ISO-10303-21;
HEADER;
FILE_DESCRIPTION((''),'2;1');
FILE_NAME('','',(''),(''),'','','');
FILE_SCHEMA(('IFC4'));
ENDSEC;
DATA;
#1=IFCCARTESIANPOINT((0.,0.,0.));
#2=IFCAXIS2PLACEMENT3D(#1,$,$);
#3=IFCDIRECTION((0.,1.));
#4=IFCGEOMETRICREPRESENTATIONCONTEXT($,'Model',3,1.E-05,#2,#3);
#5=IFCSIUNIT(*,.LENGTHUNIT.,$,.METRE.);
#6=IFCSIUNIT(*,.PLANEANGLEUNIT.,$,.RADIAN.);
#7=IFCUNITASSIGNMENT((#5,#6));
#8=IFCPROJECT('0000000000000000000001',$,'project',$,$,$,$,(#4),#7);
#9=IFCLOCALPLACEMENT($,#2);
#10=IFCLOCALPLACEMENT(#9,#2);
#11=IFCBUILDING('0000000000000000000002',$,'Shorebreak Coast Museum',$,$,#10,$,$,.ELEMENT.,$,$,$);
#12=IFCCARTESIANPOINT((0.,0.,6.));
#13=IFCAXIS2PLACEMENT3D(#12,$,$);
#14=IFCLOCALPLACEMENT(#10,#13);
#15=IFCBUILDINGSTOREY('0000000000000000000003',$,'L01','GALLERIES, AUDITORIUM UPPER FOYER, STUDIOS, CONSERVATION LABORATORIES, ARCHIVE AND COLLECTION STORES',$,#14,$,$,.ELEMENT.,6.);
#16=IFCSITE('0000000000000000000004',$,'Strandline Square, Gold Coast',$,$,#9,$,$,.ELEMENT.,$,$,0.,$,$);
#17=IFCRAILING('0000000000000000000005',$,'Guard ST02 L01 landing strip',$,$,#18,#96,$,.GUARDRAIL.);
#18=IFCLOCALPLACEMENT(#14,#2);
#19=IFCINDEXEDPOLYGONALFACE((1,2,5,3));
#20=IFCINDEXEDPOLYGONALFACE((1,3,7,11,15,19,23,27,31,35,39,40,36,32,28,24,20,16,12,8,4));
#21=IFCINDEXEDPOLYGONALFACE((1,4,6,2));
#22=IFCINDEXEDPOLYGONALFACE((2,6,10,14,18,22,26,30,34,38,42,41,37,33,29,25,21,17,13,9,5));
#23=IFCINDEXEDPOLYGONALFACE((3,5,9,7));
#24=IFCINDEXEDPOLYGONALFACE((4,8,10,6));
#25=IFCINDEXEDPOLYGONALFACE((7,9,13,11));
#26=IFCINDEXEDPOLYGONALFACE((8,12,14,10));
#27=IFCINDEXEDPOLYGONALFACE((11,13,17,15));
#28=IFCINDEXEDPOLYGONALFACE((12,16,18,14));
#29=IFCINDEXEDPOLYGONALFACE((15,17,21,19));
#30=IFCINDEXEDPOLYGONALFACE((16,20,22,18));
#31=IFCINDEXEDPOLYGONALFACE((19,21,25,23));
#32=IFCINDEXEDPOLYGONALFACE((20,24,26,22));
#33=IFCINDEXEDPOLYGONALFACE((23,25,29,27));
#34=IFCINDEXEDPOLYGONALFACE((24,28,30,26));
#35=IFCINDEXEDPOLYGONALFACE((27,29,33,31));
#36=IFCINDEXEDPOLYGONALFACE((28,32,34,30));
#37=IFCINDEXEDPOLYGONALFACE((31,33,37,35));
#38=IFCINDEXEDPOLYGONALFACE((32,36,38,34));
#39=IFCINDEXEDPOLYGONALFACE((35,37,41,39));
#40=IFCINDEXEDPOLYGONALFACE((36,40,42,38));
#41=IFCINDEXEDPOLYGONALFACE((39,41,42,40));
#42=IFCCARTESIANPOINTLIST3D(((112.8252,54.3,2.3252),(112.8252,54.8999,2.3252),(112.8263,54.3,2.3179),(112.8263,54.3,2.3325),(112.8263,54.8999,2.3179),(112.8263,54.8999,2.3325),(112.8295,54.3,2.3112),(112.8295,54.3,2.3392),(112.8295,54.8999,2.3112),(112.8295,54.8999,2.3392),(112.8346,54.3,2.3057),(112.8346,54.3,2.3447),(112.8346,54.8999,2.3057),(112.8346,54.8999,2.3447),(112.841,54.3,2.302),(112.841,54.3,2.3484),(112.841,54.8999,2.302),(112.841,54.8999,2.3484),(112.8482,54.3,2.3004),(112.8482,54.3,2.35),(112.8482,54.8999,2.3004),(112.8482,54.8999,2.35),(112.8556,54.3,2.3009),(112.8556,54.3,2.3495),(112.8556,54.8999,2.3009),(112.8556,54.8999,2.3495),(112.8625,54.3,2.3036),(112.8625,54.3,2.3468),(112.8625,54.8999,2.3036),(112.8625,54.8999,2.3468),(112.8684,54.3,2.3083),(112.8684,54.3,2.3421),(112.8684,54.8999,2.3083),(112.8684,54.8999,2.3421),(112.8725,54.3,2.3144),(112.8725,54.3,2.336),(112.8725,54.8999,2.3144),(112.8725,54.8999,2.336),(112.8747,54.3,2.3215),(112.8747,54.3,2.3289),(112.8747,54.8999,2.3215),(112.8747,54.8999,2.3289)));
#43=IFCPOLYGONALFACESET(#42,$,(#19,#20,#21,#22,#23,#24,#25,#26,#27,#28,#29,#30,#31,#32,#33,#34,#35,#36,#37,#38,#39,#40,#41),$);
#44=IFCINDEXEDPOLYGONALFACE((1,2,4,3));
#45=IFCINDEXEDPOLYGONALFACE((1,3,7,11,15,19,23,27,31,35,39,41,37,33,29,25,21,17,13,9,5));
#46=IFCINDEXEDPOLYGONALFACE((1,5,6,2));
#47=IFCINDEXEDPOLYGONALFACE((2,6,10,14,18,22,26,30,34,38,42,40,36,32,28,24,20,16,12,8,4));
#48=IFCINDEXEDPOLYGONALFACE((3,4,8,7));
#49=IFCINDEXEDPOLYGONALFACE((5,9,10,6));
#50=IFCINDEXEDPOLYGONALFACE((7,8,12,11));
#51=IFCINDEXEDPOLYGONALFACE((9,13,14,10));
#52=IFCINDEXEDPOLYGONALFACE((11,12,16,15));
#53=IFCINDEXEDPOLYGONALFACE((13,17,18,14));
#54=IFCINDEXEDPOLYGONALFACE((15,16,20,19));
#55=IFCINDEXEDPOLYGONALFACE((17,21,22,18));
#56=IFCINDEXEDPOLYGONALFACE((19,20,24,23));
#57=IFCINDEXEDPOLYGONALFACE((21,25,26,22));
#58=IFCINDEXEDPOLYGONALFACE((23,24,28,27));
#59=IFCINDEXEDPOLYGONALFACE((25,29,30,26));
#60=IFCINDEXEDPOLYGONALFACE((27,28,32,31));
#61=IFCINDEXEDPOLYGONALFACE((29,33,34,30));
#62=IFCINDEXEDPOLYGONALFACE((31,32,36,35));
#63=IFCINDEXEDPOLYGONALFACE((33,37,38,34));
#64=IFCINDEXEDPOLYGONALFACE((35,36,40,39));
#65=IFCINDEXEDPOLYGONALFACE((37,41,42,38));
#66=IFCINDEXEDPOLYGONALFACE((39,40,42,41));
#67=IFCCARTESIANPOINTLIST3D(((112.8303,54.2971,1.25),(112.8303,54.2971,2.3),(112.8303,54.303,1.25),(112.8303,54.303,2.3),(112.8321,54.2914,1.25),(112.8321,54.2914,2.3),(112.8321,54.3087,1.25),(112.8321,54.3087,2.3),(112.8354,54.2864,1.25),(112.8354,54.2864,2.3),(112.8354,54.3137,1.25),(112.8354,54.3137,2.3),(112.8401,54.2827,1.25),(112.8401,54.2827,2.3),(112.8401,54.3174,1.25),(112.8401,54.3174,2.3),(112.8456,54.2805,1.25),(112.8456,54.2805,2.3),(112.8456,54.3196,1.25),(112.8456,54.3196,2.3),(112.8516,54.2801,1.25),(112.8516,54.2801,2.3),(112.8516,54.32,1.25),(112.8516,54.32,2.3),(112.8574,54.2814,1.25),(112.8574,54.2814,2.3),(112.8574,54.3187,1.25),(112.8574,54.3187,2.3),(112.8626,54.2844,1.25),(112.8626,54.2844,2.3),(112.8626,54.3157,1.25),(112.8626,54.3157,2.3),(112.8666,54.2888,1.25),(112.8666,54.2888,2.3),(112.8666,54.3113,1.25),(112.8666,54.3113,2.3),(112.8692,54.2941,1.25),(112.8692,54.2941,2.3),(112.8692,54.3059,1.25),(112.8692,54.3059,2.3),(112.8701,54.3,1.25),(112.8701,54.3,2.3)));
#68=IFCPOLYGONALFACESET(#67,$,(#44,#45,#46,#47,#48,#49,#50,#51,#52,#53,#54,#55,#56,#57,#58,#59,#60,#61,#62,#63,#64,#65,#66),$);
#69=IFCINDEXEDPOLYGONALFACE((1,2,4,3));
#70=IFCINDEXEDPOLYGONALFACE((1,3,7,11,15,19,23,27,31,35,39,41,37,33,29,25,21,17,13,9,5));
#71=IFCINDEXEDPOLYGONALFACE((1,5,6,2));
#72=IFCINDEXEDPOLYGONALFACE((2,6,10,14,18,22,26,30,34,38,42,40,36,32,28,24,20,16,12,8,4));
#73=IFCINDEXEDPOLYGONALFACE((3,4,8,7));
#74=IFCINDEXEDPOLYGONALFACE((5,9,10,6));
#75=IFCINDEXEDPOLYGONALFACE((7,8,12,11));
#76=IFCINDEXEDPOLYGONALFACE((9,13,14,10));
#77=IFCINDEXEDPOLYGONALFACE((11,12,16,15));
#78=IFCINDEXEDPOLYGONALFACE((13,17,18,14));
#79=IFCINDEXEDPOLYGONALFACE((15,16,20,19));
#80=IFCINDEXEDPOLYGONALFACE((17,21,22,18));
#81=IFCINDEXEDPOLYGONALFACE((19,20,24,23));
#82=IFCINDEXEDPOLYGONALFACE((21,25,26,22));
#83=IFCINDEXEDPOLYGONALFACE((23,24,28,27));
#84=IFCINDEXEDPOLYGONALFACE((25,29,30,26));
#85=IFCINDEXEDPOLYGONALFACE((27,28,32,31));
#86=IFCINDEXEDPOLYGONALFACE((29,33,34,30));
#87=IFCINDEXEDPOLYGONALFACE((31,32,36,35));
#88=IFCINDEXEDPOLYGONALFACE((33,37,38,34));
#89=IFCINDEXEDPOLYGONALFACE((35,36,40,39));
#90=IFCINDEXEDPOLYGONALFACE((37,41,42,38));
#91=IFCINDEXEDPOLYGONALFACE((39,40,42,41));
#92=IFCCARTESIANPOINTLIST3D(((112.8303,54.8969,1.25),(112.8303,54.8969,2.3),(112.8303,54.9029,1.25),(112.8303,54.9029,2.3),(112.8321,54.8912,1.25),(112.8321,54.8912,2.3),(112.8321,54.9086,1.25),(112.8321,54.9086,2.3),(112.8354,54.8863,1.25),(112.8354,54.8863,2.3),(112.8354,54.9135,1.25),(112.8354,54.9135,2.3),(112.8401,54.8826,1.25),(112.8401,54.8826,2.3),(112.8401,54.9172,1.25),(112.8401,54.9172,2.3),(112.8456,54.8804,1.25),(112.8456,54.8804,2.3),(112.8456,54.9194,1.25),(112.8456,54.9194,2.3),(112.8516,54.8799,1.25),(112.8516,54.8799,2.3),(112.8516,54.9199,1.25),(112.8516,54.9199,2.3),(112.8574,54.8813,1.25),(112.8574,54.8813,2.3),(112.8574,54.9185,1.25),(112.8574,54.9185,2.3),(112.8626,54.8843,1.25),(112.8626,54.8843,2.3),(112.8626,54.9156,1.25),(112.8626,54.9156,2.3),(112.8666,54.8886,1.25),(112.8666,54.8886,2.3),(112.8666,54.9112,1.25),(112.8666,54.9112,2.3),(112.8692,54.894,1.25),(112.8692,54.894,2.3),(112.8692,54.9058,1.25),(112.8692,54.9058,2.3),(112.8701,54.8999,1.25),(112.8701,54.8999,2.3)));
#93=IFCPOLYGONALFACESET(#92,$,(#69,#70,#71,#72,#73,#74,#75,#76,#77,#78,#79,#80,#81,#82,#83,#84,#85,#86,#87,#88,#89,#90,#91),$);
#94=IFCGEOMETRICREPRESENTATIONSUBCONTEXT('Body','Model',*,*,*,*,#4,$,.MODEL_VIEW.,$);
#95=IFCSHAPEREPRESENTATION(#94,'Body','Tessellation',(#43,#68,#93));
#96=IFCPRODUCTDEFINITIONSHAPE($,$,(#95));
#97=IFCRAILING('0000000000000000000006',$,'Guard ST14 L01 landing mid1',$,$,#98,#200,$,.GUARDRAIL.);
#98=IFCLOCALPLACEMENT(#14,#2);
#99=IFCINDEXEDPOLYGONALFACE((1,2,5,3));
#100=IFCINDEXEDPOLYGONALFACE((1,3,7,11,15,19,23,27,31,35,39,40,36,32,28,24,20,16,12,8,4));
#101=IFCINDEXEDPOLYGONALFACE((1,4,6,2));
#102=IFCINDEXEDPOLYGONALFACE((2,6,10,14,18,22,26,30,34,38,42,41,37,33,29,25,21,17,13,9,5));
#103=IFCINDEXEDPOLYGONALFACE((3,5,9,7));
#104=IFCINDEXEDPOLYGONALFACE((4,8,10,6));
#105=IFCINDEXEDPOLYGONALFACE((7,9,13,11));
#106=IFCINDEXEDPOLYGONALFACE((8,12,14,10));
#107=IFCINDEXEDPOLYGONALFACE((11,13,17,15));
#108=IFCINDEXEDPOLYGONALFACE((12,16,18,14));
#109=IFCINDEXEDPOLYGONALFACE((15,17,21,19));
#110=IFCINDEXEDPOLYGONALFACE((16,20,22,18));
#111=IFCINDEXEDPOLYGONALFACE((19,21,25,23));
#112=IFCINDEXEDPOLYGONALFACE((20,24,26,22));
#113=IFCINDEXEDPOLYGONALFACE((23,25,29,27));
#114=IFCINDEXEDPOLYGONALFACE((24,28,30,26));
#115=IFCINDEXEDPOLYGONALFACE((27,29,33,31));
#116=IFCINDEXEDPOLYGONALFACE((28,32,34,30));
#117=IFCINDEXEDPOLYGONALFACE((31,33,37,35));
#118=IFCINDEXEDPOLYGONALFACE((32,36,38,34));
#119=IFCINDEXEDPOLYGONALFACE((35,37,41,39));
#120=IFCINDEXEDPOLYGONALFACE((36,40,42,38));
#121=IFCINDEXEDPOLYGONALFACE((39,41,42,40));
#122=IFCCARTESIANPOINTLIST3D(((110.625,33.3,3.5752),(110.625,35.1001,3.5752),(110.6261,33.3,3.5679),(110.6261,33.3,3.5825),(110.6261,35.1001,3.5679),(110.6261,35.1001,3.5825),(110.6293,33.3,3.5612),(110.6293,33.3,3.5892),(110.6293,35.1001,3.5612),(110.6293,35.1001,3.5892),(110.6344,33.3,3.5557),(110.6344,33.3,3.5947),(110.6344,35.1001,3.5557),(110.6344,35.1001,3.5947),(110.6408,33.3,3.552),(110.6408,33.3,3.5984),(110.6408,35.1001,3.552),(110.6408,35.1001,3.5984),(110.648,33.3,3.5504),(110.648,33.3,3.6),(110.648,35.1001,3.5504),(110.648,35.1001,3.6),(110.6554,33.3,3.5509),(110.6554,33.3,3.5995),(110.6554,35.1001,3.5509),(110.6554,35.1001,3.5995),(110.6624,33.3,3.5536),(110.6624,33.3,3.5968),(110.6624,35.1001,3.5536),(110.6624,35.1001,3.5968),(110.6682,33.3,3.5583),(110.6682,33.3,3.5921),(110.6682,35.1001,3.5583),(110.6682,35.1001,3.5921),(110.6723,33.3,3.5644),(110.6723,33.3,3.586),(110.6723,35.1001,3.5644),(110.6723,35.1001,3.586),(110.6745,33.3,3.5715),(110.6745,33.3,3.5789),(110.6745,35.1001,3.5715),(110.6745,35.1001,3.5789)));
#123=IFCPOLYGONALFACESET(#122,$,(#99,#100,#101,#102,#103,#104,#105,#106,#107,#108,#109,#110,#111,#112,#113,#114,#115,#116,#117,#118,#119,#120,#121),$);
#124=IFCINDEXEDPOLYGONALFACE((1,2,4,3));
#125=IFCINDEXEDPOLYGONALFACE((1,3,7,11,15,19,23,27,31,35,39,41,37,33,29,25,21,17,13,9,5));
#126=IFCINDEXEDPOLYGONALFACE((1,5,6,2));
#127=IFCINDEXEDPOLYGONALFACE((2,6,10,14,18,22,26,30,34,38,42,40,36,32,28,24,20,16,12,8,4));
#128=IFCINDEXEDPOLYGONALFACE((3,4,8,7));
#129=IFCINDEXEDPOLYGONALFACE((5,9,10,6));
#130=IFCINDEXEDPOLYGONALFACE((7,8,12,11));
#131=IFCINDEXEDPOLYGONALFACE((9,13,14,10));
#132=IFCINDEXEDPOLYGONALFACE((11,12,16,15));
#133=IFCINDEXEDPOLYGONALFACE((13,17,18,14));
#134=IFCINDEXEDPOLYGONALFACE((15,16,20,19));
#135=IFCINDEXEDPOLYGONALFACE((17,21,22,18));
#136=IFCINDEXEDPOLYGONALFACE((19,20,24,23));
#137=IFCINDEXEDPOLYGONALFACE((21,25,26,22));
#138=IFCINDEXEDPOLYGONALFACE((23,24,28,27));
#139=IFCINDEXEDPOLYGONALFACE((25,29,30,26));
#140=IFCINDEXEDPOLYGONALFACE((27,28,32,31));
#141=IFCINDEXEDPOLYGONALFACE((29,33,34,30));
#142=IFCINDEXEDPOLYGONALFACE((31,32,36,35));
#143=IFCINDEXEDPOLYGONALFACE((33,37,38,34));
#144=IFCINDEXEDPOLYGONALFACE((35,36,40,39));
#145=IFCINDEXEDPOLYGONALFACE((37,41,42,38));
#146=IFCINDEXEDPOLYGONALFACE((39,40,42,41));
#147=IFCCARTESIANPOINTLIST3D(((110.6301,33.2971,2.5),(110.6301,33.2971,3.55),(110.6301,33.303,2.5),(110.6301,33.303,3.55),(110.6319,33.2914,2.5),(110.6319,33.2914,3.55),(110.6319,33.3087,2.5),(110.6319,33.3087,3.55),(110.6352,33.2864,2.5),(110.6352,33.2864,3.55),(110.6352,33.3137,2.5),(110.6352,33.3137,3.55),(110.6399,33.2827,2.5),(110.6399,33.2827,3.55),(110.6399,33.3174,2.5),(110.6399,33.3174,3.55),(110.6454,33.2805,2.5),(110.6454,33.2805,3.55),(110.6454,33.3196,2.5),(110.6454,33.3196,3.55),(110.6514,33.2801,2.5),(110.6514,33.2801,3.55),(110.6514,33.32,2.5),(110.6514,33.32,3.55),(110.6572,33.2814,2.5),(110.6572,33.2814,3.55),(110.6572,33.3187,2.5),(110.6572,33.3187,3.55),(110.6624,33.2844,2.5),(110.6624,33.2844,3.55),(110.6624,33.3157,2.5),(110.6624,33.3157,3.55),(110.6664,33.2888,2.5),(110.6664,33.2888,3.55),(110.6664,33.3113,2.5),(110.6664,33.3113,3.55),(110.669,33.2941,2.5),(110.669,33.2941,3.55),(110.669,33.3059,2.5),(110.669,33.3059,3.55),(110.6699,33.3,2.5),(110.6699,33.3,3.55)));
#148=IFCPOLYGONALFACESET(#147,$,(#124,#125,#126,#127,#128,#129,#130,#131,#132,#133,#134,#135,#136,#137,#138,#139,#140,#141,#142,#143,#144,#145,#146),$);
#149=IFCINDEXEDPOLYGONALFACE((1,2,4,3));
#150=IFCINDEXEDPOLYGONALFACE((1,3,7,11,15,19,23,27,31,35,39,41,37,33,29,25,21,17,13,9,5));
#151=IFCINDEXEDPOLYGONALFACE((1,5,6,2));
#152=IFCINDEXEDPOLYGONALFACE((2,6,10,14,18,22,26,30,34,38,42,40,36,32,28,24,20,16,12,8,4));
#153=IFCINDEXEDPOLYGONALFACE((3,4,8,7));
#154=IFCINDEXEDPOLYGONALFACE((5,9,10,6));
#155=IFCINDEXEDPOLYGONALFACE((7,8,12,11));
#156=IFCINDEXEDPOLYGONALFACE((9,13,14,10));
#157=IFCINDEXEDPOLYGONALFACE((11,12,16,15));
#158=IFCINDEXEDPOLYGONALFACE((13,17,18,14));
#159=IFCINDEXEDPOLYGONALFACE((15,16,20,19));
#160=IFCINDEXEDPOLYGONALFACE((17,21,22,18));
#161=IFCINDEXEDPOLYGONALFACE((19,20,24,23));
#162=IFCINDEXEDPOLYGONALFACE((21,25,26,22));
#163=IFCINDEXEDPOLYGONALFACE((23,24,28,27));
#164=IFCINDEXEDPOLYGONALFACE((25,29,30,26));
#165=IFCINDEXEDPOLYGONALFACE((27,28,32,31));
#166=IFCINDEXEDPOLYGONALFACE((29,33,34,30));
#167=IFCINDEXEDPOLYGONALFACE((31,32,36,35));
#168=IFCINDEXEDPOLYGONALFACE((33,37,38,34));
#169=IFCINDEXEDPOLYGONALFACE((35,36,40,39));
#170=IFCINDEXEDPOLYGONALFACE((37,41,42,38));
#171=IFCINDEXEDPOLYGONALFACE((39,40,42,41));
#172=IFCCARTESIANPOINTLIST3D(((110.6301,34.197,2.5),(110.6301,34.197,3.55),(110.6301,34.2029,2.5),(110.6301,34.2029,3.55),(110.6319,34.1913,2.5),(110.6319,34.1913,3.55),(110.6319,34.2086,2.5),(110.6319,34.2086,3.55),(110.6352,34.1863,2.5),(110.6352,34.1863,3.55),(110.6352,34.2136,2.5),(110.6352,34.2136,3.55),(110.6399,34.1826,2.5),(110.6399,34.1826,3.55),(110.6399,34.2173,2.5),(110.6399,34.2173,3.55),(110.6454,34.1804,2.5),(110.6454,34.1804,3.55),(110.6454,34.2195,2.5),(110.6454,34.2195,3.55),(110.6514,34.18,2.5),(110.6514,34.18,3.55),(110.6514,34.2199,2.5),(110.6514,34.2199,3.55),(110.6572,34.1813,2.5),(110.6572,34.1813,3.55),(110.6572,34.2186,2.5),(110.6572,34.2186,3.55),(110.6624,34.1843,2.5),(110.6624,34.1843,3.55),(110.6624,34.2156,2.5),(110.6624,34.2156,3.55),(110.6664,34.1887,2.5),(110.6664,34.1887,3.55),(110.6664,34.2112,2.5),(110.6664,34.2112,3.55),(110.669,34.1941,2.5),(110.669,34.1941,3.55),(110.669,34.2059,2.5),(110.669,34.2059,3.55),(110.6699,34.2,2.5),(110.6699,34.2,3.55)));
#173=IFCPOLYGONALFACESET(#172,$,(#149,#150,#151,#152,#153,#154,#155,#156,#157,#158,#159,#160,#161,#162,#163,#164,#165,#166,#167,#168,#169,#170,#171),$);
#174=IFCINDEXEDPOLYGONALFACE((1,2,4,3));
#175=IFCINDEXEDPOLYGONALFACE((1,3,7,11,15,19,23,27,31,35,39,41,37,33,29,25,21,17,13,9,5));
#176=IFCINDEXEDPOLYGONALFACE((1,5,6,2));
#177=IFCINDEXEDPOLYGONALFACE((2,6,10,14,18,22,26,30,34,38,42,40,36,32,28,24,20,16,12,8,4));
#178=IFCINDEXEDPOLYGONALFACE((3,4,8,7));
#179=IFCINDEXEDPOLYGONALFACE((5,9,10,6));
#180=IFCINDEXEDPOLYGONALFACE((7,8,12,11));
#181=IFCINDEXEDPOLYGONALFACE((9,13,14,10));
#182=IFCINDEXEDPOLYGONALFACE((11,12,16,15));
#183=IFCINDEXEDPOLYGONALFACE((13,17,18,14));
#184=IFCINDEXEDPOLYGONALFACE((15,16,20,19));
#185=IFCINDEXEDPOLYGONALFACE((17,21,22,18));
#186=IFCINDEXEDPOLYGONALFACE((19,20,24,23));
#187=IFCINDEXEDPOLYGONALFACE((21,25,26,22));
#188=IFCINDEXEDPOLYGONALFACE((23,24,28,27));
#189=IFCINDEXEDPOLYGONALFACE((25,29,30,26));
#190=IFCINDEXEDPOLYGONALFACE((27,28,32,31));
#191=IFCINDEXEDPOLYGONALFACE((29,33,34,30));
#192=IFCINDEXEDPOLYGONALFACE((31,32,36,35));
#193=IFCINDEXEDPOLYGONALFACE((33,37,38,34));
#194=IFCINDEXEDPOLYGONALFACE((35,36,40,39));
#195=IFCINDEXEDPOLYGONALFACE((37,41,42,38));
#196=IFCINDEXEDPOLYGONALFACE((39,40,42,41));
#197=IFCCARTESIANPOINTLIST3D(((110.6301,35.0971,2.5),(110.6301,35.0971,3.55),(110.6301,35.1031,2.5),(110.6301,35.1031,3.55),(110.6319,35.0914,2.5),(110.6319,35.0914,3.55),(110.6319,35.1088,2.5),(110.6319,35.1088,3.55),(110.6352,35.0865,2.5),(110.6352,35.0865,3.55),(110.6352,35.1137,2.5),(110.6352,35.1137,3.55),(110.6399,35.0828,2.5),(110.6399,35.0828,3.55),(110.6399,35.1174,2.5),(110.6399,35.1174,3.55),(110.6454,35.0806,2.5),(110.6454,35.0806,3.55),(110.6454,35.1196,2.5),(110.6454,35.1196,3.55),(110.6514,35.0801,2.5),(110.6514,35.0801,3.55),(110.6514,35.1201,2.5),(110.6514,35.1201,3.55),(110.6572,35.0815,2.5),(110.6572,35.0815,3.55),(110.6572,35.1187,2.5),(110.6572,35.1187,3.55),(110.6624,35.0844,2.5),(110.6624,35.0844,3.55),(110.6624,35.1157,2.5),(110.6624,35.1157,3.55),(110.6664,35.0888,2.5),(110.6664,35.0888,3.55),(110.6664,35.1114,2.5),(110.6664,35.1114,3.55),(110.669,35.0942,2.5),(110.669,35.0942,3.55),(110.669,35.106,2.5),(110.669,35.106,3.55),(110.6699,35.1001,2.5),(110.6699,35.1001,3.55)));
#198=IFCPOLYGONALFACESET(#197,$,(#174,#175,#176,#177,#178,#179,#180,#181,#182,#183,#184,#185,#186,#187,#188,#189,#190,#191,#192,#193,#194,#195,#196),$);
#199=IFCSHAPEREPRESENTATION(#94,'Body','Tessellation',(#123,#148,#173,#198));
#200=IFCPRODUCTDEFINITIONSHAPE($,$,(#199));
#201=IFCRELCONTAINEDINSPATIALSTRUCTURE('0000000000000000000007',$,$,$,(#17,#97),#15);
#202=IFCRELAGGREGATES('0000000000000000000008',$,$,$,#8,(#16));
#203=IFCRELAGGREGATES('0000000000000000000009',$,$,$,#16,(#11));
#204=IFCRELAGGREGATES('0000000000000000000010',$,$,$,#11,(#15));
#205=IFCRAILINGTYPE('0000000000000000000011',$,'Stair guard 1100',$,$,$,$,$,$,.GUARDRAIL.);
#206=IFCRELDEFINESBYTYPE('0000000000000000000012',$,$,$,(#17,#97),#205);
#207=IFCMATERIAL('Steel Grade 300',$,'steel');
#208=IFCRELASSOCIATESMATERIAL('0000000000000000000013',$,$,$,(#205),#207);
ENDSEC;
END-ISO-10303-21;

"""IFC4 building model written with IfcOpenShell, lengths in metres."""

from ifc_helpers import new_model, si_unit, direction, frame, origin, origin_2d, place, context, subcontext, project, spatial, circle, extrude, material, type_object, element, save


model = new_model("IFC4")

# Units and contexts
model_context = context("Model", 3, precision=1e-05, world=origin(), true_north=direction((0.0, 1.0)))
body_context = subcontext(model_context, "Body", "Model", "MODEL_VIEW")
ifc_project = project(units=[si_unit("LENGTHUNIT", "METRE"), si_unit("PLANEANGLEUNIT", "RADIAN")], contexts=[model_context])

# Site, building, storey
site_placement = place(None, origin())
site = spatial("IfcSite", under=ifc_project, at=site_placement, Name="Strandline Square, Gold Coast", CompositionType="ELEMENT", RefElevation=0.0)
building_placement = place(site_placement, origin())
building = spatial("IfcBuilding", under=site, at=building_placement, Name="Shorebreak Coast Museum", CompositionType="ELEMENT")
storey_placement = place(building_placement, frame((0.0, 0.0, 6.0)))
storey = spatial("IfcBuildingStorey", under=building, at=storey_placement, Name="L01", Description="GALLERIES, AUDITORIUM UPPER FOYER, STUDIOS, CONSERVATION LABORATORIES, ARCHIVE AND COLLECTION STORES", CompositionType="ELEMENT", Elevation=6.0)

# Railings
ifc_material_1 = material(Name="Steel Grade 300", Category="steel")
railing_type_1 = type_object("IfcRailingType", Name="Stair guard 1100", PredefinedType="GUARDRAIL", material=ifc_material_1)
for number, where, name in (
    (1, (112.8501, 54.3, 1.25), "Guard ST02 L01 landing strip"),
):
    element("IfcRailing", number, at=place(storey_placement, frame(where)), inside=storey, type_object=railing_type_1, Name=name, PredefinedType="GUARDRAIL", context=body_context, shape_type="SweptSolid", body=[
        extrude(circle(Radius=0.0249, at=origin_2d()), frame((0.0, 0.0, 1.0752), z_axis=(0.0, 1.0, 0.0), x_axis=(-1.0, 0.0, 0.0)), (0.0, 0.0, 1.0), 0.5999),
        extrude(circle(Radius=0.02, at=origin_2d()), origin(), (0.0, 0.0, 1.0), 1.05),
        extrude(circle(Radius=0.02, at=origin_2d()), frame((0.0, 0.5999, 0.0)), (0.0, 0.0, 1.0), 1.05),
    ])
railing_1_placement = place(storey_placement, frame((110.6499, 33.3, 2.5)))
element("IfcRailing", 2, at=railing_1_placement, inside=storey, type_object=railing_type_1, Name="Guard ST14 L01 landing mid1", PredefinedType="GUARDRAIL", context=body_context, shape_type="SweptSolid", body=[
    extrude(circle(Radius=0.0249, at=origin_2d()), frame((0.0, 0.0, 1.0752), z_axis=(0.0, 1.0, 0.0), x_axis=(-1.0, 0.0, 0.0)), (0.0, 0.0, 1.0), 1.8),
    extrude(circle(Radius=0.02, at=origin_2d()), origin(), (0.0, 0.0, 1.0), 1.05),
    extrude(circle(Radius=0.02, at=origin_2d()), frame((0.0, 0.8999, 0.0)), (0.0, 0.0, 1.0), 1.05),
    extrude(circle(Radius=0.02, at=origin_2d()), frame((0.0, 1.8, 0.0)), (0.0, 0.0, 1.0), 1.05),
])

save(model, "model.ifc")
